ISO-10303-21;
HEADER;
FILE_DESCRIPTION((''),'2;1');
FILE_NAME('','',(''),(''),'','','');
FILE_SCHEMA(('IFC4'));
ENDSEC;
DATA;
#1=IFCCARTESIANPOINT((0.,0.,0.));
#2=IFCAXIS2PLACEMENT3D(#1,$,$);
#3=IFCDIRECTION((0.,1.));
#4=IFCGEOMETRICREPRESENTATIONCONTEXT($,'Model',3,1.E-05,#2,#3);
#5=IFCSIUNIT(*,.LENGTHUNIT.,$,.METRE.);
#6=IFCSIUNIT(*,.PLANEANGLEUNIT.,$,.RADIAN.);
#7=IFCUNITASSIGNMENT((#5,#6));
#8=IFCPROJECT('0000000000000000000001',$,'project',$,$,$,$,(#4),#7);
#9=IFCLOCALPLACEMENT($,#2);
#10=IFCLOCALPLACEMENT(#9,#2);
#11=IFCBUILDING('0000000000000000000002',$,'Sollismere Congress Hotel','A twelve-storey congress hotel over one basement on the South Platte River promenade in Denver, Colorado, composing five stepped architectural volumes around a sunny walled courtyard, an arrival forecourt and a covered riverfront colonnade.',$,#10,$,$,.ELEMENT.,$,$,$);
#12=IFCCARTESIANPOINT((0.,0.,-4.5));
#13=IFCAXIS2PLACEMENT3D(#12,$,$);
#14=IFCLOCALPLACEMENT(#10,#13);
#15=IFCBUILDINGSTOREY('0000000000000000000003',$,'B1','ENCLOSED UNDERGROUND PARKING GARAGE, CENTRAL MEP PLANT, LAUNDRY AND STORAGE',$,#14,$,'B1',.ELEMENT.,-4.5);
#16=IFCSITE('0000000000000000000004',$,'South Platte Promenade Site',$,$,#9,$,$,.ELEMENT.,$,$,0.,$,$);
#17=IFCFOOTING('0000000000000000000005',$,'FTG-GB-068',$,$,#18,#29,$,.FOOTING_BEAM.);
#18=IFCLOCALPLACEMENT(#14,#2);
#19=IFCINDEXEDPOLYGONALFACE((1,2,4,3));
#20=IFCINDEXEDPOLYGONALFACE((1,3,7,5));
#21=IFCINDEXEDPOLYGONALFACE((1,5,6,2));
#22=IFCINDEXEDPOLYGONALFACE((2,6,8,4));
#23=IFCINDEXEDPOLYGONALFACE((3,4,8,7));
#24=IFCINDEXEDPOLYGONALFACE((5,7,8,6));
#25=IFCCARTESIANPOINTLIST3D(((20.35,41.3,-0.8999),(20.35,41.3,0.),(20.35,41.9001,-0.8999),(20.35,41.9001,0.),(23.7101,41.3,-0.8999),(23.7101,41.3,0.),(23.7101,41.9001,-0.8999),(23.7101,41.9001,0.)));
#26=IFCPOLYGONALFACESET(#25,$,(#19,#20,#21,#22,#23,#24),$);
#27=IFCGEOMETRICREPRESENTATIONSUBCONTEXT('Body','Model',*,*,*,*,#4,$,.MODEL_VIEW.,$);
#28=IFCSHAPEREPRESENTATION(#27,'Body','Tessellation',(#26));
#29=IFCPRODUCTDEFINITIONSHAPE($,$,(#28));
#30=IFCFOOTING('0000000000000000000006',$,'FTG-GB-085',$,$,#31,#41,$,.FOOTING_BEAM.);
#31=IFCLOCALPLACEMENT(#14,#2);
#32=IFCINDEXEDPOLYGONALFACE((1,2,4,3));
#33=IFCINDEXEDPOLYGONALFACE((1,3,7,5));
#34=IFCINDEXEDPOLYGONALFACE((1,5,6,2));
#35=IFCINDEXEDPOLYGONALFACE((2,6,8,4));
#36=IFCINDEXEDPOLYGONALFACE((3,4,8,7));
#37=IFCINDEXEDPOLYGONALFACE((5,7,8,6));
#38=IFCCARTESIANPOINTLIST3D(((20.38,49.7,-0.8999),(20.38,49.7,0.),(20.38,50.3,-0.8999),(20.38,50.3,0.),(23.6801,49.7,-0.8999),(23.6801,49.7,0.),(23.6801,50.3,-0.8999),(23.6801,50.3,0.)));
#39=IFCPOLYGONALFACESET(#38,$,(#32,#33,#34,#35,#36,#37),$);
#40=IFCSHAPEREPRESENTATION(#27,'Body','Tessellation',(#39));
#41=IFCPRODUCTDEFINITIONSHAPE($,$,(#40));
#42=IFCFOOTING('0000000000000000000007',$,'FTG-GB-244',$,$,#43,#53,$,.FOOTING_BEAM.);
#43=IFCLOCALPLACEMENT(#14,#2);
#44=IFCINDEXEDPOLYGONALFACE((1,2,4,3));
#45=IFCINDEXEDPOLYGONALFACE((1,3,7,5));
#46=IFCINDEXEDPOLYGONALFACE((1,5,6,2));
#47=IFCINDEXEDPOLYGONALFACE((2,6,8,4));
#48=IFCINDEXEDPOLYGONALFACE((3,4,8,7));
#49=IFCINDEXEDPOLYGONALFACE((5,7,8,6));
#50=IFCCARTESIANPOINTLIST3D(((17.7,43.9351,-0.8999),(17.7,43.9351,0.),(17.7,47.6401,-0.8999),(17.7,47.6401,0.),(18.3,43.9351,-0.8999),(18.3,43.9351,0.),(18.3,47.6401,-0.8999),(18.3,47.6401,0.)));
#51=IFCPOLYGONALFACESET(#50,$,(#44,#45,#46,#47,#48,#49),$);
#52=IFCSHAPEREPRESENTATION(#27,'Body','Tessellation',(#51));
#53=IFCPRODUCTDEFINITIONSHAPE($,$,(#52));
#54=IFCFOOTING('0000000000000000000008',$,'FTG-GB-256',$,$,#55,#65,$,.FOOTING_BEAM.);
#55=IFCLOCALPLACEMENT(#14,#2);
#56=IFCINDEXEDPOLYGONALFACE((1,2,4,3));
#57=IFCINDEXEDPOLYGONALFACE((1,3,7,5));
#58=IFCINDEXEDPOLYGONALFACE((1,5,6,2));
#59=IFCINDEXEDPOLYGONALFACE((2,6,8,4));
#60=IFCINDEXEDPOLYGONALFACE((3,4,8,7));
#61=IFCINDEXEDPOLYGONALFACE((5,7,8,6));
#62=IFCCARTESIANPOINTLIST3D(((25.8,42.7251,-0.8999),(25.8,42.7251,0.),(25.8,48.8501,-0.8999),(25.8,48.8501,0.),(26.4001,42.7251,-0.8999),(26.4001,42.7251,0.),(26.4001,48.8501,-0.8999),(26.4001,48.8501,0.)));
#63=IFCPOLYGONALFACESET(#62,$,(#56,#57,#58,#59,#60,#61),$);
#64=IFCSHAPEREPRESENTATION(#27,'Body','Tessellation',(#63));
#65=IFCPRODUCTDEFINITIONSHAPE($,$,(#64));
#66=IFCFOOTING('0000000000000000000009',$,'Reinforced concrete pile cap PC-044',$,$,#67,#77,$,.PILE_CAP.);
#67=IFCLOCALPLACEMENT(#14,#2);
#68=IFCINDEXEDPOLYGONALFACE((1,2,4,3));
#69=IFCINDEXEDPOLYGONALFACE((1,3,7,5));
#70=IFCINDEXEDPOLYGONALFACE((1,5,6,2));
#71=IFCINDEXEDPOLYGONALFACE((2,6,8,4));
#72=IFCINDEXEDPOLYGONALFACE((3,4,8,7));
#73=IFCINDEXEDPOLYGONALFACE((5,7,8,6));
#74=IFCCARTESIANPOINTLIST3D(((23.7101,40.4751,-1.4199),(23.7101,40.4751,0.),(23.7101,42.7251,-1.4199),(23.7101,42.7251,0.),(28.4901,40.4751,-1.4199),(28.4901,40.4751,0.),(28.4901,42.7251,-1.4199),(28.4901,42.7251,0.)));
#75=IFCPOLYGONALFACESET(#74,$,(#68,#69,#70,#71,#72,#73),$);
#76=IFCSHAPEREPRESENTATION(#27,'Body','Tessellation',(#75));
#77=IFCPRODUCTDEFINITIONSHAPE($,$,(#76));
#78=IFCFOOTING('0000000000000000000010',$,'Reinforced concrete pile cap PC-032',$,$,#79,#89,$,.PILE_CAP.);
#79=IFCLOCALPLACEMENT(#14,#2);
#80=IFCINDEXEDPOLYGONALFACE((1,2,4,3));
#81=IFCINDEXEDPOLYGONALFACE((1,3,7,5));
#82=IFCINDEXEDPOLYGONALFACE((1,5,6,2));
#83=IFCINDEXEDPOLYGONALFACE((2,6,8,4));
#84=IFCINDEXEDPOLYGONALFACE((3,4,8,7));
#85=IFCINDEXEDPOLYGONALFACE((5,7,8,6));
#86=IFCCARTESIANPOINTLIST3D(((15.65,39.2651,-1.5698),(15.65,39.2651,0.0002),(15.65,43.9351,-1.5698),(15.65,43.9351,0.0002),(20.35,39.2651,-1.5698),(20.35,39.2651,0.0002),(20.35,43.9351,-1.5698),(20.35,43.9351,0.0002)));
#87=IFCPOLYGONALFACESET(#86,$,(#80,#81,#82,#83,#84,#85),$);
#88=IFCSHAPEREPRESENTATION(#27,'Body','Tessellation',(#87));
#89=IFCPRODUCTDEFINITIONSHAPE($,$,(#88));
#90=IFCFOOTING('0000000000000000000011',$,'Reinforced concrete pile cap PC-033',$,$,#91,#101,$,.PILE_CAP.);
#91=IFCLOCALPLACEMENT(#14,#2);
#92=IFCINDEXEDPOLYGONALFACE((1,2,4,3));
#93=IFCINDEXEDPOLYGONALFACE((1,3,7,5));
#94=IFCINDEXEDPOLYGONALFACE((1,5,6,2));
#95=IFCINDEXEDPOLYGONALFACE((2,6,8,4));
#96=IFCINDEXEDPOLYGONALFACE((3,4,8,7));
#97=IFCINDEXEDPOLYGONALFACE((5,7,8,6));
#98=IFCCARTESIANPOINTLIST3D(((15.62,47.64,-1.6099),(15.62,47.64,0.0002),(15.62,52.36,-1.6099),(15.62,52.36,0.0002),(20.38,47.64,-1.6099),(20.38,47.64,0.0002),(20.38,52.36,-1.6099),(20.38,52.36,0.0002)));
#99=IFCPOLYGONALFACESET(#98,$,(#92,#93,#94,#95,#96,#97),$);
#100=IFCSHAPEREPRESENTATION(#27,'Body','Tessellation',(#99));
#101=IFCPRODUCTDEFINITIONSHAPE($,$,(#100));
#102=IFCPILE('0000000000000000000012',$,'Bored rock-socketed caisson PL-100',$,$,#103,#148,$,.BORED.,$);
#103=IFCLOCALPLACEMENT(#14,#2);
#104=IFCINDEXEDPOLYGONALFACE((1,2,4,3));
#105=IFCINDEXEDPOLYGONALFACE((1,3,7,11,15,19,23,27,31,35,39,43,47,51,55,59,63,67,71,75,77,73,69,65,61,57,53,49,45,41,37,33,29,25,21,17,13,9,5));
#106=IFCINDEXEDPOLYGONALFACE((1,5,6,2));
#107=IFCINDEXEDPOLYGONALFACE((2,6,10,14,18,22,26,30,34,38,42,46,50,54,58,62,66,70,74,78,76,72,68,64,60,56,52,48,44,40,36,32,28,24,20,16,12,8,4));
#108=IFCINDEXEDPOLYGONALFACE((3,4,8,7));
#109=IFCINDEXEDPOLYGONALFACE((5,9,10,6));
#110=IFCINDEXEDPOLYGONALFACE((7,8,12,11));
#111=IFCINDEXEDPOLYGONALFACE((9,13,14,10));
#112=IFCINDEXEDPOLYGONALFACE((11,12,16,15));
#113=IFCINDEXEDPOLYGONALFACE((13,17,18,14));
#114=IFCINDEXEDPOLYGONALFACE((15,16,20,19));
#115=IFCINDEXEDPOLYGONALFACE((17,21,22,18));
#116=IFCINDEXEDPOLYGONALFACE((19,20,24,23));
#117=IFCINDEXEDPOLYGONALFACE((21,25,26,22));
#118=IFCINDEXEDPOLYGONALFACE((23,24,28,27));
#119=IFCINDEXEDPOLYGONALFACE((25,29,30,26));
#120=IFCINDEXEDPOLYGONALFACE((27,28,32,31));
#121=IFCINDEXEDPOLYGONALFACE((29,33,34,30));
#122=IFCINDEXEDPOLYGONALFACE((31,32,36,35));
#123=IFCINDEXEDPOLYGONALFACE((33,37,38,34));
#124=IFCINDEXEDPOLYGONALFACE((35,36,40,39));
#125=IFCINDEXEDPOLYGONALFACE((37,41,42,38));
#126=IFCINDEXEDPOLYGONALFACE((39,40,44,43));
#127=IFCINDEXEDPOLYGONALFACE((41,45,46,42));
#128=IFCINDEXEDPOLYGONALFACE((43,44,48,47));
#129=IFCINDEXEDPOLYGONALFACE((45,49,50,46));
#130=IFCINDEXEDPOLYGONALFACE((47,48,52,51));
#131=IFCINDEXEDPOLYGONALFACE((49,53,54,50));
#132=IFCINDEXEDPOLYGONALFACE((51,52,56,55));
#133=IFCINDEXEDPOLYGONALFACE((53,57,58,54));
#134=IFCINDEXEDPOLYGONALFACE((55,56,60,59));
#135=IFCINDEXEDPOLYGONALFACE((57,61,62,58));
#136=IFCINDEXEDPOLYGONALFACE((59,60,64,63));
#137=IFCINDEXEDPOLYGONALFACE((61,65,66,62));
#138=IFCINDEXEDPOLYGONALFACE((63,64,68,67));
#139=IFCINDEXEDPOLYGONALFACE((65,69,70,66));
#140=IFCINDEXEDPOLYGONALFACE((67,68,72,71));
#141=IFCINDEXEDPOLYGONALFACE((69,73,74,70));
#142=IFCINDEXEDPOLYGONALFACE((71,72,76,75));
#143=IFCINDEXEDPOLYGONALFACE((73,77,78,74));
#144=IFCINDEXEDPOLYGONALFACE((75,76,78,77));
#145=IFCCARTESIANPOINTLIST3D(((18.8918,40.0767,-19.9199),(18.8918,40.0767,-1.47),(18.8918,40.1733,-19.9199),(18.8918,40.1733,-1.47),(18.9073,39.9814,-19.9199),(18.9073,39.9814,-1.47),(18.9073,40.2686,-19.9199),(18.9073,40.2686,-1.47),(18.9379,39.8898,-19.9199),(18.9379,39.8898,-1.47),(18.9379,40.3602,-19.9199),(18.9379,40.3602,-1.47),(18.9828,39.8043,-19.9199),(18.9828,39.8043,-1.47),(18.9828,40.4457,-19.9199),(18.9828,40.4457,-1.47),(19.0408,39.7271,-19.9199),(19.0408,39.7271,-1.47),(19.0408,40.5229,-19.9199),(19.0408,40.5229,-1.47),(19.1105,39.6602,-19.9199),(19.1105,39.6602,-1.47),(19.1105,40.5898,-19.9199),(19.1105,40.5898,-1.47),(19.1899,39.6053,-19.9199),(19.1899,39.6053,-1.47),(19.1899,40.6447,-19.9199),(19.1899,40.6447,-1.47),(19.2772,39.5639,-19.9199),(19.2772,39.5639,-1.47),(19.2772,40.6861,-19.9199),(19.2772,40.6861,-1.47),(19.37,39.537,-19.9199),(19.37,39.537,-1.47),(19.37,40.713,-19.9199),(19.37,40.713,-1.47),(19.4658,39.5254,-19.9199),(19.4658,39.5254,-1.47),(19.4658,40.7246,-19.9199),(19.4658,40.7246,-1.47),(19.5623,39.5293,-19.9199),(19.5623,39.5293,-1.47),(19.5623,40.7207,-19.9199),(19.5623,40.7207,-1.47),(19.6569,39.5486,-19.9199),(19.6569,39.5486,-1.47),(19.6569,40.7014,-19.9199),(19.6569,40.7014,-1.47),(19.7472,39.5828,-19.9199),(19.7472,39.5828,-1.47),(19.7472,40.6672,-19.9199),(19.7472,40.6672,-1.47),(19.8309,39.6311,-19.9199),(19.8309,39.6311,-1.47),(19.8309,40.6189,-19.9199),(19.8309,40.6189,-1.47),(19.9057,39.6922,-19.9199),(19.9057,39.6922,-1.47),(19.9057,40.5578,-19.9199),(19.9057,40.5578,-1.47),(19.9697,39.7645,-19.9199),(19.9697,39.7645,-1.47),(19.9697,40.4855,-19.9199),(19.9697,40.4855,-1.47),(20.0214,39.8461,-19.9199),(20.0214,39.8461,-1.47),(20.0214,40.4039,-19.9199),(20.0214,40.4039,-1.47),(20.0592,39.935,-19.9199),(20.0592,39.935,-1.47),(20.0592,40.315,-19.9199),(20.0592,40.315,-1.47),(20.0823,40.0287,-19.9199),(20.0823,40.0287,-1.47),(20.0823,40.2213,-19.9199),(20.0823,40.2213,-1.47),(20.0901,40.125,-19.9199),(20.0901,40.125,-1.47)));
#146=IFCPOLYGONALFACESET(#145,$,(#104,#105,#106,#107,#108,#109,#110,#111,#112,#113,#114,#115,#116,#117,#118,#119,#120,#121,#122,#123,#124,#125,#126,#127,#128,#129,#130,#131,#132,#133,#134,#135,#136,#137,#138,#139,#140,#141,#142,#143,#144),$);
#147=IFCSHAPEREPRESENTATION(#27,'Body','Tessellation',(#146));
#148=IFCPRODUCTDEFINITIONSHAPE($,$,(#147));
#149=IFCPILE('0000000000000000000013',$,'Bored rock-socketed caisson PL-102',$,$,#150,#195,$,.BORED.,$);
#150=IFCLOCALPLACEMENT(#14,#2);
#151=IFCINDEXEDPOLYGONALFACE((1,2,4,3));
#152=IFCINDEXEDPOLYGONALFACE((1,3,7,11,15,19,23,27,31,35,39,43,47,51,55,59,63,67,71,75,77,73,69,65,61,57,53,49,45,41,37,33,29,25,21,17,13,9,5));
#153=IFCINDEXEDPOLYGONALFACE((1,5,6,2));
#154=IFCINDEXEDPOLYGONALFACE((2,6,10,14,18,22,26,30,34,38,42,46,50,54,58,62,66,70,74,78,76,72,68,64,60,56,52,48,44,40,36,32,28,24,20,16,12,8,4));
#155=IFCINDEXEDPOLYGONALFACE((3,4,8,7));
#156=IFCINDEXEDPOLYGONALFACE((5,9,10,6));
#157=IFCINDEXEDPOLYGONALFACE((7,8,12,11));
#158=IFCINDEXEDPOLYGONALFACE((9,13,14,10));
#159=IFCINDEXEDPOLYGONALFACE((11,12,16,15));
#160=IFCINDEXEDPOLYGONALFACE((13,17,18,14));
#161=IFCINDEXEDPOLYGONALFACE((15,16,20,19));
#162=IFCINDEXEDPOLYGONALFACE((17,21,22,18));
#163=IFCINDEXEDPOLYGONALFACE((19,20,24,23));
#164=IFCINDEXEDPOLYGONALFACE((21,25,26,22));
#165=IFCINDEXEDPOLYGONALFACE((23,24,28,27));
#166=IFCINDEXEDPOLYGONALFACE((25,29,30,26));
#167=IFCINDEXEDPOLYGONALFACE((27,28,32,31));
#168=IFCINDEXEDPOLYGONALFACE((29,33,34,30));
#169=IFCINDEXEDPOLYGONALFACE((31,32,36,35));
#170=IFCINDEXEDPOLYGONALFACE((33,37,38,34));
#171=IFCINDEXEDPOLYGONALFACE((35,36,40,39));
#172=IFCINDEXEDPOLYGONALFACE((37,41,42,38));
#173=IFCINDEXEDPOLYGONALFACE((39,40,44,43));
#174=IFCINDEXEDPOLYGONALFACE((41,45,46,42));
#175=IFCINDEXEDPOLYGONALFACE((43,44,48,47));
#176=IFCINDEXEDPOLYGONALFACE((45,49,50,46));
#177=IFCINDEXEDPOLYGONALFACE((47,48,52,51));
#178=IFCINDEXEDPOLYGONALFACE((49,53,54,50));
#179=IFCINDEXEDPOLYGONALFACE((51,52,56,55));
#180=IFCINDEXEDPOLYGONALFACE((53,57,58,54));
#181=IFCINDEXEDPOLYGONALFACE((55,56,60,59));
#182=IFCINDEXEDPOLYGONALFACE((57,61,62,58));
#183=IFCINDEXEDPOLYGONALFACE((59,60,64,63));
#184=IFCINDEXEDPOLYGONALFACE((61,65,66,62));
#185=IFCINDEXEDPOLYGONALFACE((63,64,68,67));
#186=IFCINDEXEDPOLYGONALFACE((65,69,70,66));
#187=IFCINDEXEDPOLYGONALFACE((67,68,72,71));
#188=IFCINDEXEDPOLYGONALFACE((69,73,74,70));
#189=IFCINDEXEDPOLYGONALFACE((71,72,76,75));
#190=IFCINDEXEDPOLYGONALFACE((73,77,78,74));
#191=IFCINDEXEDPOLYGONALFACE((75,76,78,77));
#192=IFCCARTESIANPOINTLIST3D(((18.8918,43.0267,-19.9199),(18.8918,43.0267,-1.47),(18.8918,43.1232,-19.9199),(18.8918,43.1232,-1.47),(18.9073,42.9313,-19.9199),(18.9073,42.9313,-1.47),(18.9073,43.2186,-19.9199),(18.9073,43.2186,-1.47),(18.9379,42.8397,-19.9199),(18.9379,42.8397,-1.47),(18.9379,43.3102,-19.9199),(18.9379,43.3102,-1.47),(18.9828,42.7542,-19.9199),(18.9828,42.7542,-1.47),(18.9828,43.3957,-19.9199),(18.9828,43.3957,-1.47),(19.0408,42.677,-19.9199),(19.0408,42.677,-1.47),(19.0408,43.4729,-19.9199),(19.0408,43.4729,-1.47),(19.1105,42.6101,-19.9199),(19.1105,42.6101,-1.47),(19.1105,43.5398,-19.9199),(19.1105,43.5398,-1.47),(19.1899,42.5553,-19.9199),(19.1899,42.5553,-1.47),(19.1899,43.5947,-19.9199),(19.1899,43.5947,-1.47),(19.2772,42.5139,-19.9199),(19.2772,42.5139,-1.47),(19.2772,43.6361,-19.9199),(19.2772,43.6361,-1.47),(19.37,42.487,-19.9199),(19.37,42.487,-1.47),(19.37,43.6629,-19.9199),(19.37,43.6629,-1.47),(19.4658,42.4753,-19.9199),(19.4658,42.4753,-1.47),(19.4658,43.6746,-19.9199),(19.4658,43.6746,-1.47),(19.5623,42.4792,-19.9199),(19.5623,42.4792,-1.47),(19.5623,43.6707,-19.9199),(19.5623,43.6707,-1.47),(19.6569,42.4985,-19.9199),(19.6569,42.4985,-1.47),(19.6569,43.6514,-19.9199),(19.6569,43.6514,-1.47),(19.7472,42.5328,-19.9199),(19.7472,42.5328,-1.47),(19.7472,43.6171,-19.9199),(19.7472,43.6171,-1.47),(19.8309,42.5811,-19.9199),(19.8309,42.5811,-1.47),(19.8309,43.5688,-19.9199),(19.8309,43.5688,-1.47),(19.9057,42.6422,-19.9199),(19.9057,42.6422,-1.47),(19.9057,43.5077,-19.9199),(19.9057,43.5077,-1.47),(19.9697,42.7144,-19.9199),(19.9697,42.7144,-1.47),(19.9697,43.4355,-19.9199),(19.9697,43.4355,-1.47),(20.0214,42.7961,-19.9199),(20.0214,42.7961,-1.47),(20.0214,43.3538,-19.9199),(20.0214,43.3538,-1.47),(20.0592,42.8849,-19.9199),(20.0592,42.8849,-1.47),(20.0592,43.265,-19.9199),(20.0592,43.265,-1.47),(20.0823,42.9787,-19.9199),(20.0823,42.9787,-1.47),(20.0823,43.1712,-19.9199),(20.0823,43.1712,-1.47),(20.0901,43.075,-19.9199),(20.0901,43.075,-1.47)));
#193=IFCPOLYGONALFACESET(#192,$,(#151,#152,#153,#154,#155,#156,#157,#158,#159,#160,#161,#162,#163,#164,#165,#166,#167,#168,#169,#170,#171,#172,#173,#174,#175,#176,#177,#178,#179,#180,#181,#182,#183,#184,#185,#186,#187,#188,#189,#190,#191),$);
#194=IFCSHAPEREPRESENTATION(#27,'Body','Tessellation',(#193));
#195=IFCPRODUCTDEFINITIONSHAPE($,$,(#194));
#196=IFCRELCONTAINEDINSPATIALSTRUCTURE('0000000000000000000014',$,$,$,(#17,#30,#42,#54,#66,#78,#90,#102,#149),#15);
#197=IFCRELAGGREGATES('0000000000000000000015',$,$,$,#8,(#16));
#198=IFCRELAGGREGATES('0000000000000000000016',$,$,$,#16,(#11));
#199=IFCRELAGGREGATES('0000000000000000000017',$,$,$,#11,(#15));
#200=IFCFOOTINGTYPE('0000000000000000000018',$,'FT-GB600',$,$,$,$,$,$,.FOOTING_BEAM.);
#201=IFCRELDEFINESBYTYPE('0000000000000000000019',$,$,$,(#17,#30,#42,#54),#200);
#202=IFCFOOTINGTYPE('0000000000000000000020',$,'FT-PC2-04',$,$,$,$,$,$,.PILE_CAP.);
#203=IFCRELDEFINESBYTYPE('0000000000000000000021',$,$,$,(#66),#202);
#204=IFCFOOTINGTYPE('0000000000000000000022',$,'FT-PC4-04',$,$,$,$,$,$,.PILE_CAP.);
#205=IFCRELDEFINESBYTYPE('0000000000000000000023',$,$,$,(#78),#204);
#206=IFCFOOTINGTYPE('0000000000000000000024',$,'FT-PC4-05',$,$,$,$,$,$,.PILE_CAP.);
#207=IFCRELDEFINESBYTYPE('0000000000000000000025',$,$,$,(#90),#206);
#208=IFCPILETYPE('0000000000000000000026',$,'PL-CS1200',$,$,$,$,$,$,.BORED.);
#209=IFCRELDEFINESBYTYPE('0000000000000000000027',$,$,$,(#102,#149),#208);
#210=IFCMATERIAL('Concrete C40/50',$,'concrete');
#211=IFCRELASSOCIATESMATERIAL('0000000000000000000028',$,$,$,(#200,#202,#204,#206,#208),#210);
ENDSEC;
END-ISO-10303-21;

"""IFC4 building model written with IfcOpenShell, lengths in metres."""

from ifc_helpers import new_model, si_unit, direction, frame, origin, origin_2d, place, context, subcontext, project, spatial, rectangle, circle, extrude, material, material_profile, profile_set, type_object, element, save


model = new_model("IFC4")

# Units and contexts
model_context = context("Model", 3, precision=1e-05, world=origin(), true_north=direction((0.0, 1.0)))
body_context = subcontext(model_context, "Body", "Model", "MODEL_VIEW")
ifc_project = project(units=[si_unit("LENGTHUNIT", "METRE"), si_unit("PLANEANGLEUNIT", "RADIAN")], contexts=[model_context])

# Site, building, storey
site_placement = place(None, origin())
site = spatial("IfcSite", under=ifc_project, at=site_placement, Name="South Platte Promenade Site", CompositionType="ELEMENT", RefElevation=0.0)
building_placement = place(site_placement, origin())
building = spatial("IfcBuilding", under=site, at=building_placement, Name="Sollismere Congress Hotel", Description="A twelve-storey congress hotel over one basement on the South Platte River promenade in Denver, Colorado, composing five stepped architectural volumes around a sunny walled courtyard, an arrival forecourt and a covered riverfront colonnade.", CompositionType="ELEMENT")
storey_placement = place(building_placement, frame((0.0, 0.0, -4.5)))
storey = spatial("IfcBuildingStorey", under=building, at=storey_placement, Name="B1", Description="ENCLOSED UNDERGROUND PARKING GARAGE, CENTRAL MEP PLANT, LAUNDRY AND STORAGE", LongName="B1", CompositionType="ELEMENT", Elevation=-4.5)

# Footings
ifc_material_1 = material(Name="Concrete C40/50", Category="concrete")
footing_type_1 = type_object("IfcFootingType", Name="FT-GB600", PredefinedType="FOOTING_BEAM", material=ifc_material_1)
footing_1_placement = place(storey_placement, frame((22.03, 41.6001, -0.8999), z_axis=(0.0, 0.0, 1.0), x_axis=(1.0, 0.0, 0.0)))
element("IfcFooting", 1, at=footing_1_placement, inside=storey, type_object=footing_type_1, Name="FTG-GB-068", PredefinedType="FOOTING_BEAM", context=body_context, shape_type="SweptSolid", body=[
    extrude(rectangle(XDim=3.3601, YDim=0.6001, at=origin_2d()), origin(), (0.0, 0.0, 1.0), 0.8999),
])
footing_2_placement = place(storey_placement, frame((22.03, 50.0, -0.8999), z_axis=(0.0, 0.0, 1.0), x_axis=(1.0, 0.0, 0.0)))
element("IfcFooting", 2, at=footing_2_placement, inside=storey, type_object=footing_type_1, Name="FTG-GB-085", PredefinedType="FOOTING_BEAM", context=body_context, shape_type="SweptSolid", body=[
    extrude(rectangle(XDim=3.3, YDim=0.6001, at=origin_2d()), origin(), (0.0, 0.0, 1.0), 0.8999),
])
footing_3_placement = place(storey_placement, frame((18.0, 45.7876, -0.8999), z_axis=(0.0, 0.0, 1.0), x_axis=(0.0, 1.0, 0.0)))
element("IfcFooting", 3, at=footing_3_placement, inside=storey, type_object=footing_type_1, Name="FTG-GB-244", PredefinedType="FOOTING_BEAM", context=body_context, shape_type="SweptSolid", body=[
    extrude(rectangle(XDim=3.7051, YDim=0.6001, at=origin_2d()), origin(), (0.0, 0.0, 1.0), 0.8999),
])
footing_4_placement = place(storey_placement, frame((26.1001, 45.7876, -0.8999), z_axis=(0.0, 0.0, 1.0), x_axis=(0.0, 1.0, 0.0)))
element("IfcFooting", 4, at=footing_4_placement, inside=storey, type_object=footing_type_1, Name="FTG-GB-256", PredefinedType="FOOTING_BEAM", context=body_context, shape_type="SweptSolid", body=[
    extrude(rectangle(XDim=6.125, YDim=0.6001, at=origin_2d()), origin(), (0.0, 0.0, 1.0), 0.8999),
])
footing_type_2 = type_object("IfcFootingType", Name="FT-PC2-04", PredefinedType="PILE_CAP", material=ifc_material_1)
footing_5_placement = place(storey_placement, frame((26.1001, 41.6001, -1.4199), z_axis=(0.0, 0.0, 1.0), x_axis=(1.0, 0.0, 0.0)))
element("IfcFooting", 5, at=footing_5_placement, inside=storey, type_object=footing_type_2, Name="Reinforced concrete pile cap PC-044", PredefinedType="PILE_CAP", context=body_context, shape_type="SweptSolid", body=[
    extrude(rectangle(XDim=4.78, YDim=2.25, at=origin_2d()), origin(), (0.0, 0.0, 1.0), 1.4199),
])
footing_type_3 = type_object("IfcFootingType", Name="FT-PC4-04", PredefinedType="PILE_CAP", material=ifc_material_1)
footing_6_placement = place(storey_placement, frame((18.0, 41.6001, -1.5698), z_axis=(0.0, 0.0, 1.0), x_axis=(1.0, 0.0, 0.0)))
element("IfcFooting", 6, at=footing_6_placement, inside=storey, type_object=footing_type_3, Name="Reinforced concrete pile cap PC-032", PredefinedType="PILE_CAP", context=body_context, shape_type="SweptSolid", body=[
    extrude(rectangle(XDim=4.7, YDim=4.6699, at=origin_2d()), origin(), (0.0, 0.0, 1.0), 1.5701),
])
footing_type_4 = type_object("IfcFootingType", Name="FT-PC4-05", PredefinedType="PILE_CAP", material=ifc_material_1)
footing_7_placement = place(storey_placement, frame((18.0, 50.0, -1.6099), z_axis=(0.0, 0.0, 1.0), x_axis=(1.0, 0.0, 0.0)))
element("IfcFooting", 7, at=footing_7_placement, inside=storey, type_object=footing_type_4, Name="Reinforced concrete pile cap PC-033", PredefinedType="PILE_CAP", context=body_context, shape_type="SweptSolid", body=[
    extrude(rectangle(XDim=4.76, YDim=4.72, at=origin_2d()), origin(), (0.0, 0.0, 1.0), 1.6101),
])

# Piles
ifc_material_profile_1 = material_profile(ifc_material_1, circle(Radius=0.6001, at=origin_2d()), Name="CAISSON1200")
ifc_profile_set_1 = profile_set([ifc_material_profile_1], Name="Concrete C40/50")
pile_type = type_object("IfcPileType", Name="PL-CS1200", PredefinedType="BORED", material=ifc_profile_set_1)
for number, where, z_axis, x_axis, name in (
    (8, (19.49, 40.125, -1.47), (0.0, 0.0, -1.0), (1.0, 0.0, 0.0), "Bored rock-socketed caisson PL-100"),
    (9, (19.49, 43.075, -1.47), (0.0, 0.0, -1.0), (1.0, 0.0, 0.0), "Bored rock-socketed caisson PL-102"),
):
    element("IfcPile", number, at=place(storey_placement, frame(where, z_axis=z_axis, x_axis=x_axis)), inside=storey, type_object=pile_type, Name=name, PredefinedType="BORED", context=body_context, shape_type="SweptSolid", body=[
        extrude(circle(Radius=0.6001, at=origin_2d()), origin(), (0.0, 0.0, 1.0), 18.45),
    ])

save(model, "model.ifc")
